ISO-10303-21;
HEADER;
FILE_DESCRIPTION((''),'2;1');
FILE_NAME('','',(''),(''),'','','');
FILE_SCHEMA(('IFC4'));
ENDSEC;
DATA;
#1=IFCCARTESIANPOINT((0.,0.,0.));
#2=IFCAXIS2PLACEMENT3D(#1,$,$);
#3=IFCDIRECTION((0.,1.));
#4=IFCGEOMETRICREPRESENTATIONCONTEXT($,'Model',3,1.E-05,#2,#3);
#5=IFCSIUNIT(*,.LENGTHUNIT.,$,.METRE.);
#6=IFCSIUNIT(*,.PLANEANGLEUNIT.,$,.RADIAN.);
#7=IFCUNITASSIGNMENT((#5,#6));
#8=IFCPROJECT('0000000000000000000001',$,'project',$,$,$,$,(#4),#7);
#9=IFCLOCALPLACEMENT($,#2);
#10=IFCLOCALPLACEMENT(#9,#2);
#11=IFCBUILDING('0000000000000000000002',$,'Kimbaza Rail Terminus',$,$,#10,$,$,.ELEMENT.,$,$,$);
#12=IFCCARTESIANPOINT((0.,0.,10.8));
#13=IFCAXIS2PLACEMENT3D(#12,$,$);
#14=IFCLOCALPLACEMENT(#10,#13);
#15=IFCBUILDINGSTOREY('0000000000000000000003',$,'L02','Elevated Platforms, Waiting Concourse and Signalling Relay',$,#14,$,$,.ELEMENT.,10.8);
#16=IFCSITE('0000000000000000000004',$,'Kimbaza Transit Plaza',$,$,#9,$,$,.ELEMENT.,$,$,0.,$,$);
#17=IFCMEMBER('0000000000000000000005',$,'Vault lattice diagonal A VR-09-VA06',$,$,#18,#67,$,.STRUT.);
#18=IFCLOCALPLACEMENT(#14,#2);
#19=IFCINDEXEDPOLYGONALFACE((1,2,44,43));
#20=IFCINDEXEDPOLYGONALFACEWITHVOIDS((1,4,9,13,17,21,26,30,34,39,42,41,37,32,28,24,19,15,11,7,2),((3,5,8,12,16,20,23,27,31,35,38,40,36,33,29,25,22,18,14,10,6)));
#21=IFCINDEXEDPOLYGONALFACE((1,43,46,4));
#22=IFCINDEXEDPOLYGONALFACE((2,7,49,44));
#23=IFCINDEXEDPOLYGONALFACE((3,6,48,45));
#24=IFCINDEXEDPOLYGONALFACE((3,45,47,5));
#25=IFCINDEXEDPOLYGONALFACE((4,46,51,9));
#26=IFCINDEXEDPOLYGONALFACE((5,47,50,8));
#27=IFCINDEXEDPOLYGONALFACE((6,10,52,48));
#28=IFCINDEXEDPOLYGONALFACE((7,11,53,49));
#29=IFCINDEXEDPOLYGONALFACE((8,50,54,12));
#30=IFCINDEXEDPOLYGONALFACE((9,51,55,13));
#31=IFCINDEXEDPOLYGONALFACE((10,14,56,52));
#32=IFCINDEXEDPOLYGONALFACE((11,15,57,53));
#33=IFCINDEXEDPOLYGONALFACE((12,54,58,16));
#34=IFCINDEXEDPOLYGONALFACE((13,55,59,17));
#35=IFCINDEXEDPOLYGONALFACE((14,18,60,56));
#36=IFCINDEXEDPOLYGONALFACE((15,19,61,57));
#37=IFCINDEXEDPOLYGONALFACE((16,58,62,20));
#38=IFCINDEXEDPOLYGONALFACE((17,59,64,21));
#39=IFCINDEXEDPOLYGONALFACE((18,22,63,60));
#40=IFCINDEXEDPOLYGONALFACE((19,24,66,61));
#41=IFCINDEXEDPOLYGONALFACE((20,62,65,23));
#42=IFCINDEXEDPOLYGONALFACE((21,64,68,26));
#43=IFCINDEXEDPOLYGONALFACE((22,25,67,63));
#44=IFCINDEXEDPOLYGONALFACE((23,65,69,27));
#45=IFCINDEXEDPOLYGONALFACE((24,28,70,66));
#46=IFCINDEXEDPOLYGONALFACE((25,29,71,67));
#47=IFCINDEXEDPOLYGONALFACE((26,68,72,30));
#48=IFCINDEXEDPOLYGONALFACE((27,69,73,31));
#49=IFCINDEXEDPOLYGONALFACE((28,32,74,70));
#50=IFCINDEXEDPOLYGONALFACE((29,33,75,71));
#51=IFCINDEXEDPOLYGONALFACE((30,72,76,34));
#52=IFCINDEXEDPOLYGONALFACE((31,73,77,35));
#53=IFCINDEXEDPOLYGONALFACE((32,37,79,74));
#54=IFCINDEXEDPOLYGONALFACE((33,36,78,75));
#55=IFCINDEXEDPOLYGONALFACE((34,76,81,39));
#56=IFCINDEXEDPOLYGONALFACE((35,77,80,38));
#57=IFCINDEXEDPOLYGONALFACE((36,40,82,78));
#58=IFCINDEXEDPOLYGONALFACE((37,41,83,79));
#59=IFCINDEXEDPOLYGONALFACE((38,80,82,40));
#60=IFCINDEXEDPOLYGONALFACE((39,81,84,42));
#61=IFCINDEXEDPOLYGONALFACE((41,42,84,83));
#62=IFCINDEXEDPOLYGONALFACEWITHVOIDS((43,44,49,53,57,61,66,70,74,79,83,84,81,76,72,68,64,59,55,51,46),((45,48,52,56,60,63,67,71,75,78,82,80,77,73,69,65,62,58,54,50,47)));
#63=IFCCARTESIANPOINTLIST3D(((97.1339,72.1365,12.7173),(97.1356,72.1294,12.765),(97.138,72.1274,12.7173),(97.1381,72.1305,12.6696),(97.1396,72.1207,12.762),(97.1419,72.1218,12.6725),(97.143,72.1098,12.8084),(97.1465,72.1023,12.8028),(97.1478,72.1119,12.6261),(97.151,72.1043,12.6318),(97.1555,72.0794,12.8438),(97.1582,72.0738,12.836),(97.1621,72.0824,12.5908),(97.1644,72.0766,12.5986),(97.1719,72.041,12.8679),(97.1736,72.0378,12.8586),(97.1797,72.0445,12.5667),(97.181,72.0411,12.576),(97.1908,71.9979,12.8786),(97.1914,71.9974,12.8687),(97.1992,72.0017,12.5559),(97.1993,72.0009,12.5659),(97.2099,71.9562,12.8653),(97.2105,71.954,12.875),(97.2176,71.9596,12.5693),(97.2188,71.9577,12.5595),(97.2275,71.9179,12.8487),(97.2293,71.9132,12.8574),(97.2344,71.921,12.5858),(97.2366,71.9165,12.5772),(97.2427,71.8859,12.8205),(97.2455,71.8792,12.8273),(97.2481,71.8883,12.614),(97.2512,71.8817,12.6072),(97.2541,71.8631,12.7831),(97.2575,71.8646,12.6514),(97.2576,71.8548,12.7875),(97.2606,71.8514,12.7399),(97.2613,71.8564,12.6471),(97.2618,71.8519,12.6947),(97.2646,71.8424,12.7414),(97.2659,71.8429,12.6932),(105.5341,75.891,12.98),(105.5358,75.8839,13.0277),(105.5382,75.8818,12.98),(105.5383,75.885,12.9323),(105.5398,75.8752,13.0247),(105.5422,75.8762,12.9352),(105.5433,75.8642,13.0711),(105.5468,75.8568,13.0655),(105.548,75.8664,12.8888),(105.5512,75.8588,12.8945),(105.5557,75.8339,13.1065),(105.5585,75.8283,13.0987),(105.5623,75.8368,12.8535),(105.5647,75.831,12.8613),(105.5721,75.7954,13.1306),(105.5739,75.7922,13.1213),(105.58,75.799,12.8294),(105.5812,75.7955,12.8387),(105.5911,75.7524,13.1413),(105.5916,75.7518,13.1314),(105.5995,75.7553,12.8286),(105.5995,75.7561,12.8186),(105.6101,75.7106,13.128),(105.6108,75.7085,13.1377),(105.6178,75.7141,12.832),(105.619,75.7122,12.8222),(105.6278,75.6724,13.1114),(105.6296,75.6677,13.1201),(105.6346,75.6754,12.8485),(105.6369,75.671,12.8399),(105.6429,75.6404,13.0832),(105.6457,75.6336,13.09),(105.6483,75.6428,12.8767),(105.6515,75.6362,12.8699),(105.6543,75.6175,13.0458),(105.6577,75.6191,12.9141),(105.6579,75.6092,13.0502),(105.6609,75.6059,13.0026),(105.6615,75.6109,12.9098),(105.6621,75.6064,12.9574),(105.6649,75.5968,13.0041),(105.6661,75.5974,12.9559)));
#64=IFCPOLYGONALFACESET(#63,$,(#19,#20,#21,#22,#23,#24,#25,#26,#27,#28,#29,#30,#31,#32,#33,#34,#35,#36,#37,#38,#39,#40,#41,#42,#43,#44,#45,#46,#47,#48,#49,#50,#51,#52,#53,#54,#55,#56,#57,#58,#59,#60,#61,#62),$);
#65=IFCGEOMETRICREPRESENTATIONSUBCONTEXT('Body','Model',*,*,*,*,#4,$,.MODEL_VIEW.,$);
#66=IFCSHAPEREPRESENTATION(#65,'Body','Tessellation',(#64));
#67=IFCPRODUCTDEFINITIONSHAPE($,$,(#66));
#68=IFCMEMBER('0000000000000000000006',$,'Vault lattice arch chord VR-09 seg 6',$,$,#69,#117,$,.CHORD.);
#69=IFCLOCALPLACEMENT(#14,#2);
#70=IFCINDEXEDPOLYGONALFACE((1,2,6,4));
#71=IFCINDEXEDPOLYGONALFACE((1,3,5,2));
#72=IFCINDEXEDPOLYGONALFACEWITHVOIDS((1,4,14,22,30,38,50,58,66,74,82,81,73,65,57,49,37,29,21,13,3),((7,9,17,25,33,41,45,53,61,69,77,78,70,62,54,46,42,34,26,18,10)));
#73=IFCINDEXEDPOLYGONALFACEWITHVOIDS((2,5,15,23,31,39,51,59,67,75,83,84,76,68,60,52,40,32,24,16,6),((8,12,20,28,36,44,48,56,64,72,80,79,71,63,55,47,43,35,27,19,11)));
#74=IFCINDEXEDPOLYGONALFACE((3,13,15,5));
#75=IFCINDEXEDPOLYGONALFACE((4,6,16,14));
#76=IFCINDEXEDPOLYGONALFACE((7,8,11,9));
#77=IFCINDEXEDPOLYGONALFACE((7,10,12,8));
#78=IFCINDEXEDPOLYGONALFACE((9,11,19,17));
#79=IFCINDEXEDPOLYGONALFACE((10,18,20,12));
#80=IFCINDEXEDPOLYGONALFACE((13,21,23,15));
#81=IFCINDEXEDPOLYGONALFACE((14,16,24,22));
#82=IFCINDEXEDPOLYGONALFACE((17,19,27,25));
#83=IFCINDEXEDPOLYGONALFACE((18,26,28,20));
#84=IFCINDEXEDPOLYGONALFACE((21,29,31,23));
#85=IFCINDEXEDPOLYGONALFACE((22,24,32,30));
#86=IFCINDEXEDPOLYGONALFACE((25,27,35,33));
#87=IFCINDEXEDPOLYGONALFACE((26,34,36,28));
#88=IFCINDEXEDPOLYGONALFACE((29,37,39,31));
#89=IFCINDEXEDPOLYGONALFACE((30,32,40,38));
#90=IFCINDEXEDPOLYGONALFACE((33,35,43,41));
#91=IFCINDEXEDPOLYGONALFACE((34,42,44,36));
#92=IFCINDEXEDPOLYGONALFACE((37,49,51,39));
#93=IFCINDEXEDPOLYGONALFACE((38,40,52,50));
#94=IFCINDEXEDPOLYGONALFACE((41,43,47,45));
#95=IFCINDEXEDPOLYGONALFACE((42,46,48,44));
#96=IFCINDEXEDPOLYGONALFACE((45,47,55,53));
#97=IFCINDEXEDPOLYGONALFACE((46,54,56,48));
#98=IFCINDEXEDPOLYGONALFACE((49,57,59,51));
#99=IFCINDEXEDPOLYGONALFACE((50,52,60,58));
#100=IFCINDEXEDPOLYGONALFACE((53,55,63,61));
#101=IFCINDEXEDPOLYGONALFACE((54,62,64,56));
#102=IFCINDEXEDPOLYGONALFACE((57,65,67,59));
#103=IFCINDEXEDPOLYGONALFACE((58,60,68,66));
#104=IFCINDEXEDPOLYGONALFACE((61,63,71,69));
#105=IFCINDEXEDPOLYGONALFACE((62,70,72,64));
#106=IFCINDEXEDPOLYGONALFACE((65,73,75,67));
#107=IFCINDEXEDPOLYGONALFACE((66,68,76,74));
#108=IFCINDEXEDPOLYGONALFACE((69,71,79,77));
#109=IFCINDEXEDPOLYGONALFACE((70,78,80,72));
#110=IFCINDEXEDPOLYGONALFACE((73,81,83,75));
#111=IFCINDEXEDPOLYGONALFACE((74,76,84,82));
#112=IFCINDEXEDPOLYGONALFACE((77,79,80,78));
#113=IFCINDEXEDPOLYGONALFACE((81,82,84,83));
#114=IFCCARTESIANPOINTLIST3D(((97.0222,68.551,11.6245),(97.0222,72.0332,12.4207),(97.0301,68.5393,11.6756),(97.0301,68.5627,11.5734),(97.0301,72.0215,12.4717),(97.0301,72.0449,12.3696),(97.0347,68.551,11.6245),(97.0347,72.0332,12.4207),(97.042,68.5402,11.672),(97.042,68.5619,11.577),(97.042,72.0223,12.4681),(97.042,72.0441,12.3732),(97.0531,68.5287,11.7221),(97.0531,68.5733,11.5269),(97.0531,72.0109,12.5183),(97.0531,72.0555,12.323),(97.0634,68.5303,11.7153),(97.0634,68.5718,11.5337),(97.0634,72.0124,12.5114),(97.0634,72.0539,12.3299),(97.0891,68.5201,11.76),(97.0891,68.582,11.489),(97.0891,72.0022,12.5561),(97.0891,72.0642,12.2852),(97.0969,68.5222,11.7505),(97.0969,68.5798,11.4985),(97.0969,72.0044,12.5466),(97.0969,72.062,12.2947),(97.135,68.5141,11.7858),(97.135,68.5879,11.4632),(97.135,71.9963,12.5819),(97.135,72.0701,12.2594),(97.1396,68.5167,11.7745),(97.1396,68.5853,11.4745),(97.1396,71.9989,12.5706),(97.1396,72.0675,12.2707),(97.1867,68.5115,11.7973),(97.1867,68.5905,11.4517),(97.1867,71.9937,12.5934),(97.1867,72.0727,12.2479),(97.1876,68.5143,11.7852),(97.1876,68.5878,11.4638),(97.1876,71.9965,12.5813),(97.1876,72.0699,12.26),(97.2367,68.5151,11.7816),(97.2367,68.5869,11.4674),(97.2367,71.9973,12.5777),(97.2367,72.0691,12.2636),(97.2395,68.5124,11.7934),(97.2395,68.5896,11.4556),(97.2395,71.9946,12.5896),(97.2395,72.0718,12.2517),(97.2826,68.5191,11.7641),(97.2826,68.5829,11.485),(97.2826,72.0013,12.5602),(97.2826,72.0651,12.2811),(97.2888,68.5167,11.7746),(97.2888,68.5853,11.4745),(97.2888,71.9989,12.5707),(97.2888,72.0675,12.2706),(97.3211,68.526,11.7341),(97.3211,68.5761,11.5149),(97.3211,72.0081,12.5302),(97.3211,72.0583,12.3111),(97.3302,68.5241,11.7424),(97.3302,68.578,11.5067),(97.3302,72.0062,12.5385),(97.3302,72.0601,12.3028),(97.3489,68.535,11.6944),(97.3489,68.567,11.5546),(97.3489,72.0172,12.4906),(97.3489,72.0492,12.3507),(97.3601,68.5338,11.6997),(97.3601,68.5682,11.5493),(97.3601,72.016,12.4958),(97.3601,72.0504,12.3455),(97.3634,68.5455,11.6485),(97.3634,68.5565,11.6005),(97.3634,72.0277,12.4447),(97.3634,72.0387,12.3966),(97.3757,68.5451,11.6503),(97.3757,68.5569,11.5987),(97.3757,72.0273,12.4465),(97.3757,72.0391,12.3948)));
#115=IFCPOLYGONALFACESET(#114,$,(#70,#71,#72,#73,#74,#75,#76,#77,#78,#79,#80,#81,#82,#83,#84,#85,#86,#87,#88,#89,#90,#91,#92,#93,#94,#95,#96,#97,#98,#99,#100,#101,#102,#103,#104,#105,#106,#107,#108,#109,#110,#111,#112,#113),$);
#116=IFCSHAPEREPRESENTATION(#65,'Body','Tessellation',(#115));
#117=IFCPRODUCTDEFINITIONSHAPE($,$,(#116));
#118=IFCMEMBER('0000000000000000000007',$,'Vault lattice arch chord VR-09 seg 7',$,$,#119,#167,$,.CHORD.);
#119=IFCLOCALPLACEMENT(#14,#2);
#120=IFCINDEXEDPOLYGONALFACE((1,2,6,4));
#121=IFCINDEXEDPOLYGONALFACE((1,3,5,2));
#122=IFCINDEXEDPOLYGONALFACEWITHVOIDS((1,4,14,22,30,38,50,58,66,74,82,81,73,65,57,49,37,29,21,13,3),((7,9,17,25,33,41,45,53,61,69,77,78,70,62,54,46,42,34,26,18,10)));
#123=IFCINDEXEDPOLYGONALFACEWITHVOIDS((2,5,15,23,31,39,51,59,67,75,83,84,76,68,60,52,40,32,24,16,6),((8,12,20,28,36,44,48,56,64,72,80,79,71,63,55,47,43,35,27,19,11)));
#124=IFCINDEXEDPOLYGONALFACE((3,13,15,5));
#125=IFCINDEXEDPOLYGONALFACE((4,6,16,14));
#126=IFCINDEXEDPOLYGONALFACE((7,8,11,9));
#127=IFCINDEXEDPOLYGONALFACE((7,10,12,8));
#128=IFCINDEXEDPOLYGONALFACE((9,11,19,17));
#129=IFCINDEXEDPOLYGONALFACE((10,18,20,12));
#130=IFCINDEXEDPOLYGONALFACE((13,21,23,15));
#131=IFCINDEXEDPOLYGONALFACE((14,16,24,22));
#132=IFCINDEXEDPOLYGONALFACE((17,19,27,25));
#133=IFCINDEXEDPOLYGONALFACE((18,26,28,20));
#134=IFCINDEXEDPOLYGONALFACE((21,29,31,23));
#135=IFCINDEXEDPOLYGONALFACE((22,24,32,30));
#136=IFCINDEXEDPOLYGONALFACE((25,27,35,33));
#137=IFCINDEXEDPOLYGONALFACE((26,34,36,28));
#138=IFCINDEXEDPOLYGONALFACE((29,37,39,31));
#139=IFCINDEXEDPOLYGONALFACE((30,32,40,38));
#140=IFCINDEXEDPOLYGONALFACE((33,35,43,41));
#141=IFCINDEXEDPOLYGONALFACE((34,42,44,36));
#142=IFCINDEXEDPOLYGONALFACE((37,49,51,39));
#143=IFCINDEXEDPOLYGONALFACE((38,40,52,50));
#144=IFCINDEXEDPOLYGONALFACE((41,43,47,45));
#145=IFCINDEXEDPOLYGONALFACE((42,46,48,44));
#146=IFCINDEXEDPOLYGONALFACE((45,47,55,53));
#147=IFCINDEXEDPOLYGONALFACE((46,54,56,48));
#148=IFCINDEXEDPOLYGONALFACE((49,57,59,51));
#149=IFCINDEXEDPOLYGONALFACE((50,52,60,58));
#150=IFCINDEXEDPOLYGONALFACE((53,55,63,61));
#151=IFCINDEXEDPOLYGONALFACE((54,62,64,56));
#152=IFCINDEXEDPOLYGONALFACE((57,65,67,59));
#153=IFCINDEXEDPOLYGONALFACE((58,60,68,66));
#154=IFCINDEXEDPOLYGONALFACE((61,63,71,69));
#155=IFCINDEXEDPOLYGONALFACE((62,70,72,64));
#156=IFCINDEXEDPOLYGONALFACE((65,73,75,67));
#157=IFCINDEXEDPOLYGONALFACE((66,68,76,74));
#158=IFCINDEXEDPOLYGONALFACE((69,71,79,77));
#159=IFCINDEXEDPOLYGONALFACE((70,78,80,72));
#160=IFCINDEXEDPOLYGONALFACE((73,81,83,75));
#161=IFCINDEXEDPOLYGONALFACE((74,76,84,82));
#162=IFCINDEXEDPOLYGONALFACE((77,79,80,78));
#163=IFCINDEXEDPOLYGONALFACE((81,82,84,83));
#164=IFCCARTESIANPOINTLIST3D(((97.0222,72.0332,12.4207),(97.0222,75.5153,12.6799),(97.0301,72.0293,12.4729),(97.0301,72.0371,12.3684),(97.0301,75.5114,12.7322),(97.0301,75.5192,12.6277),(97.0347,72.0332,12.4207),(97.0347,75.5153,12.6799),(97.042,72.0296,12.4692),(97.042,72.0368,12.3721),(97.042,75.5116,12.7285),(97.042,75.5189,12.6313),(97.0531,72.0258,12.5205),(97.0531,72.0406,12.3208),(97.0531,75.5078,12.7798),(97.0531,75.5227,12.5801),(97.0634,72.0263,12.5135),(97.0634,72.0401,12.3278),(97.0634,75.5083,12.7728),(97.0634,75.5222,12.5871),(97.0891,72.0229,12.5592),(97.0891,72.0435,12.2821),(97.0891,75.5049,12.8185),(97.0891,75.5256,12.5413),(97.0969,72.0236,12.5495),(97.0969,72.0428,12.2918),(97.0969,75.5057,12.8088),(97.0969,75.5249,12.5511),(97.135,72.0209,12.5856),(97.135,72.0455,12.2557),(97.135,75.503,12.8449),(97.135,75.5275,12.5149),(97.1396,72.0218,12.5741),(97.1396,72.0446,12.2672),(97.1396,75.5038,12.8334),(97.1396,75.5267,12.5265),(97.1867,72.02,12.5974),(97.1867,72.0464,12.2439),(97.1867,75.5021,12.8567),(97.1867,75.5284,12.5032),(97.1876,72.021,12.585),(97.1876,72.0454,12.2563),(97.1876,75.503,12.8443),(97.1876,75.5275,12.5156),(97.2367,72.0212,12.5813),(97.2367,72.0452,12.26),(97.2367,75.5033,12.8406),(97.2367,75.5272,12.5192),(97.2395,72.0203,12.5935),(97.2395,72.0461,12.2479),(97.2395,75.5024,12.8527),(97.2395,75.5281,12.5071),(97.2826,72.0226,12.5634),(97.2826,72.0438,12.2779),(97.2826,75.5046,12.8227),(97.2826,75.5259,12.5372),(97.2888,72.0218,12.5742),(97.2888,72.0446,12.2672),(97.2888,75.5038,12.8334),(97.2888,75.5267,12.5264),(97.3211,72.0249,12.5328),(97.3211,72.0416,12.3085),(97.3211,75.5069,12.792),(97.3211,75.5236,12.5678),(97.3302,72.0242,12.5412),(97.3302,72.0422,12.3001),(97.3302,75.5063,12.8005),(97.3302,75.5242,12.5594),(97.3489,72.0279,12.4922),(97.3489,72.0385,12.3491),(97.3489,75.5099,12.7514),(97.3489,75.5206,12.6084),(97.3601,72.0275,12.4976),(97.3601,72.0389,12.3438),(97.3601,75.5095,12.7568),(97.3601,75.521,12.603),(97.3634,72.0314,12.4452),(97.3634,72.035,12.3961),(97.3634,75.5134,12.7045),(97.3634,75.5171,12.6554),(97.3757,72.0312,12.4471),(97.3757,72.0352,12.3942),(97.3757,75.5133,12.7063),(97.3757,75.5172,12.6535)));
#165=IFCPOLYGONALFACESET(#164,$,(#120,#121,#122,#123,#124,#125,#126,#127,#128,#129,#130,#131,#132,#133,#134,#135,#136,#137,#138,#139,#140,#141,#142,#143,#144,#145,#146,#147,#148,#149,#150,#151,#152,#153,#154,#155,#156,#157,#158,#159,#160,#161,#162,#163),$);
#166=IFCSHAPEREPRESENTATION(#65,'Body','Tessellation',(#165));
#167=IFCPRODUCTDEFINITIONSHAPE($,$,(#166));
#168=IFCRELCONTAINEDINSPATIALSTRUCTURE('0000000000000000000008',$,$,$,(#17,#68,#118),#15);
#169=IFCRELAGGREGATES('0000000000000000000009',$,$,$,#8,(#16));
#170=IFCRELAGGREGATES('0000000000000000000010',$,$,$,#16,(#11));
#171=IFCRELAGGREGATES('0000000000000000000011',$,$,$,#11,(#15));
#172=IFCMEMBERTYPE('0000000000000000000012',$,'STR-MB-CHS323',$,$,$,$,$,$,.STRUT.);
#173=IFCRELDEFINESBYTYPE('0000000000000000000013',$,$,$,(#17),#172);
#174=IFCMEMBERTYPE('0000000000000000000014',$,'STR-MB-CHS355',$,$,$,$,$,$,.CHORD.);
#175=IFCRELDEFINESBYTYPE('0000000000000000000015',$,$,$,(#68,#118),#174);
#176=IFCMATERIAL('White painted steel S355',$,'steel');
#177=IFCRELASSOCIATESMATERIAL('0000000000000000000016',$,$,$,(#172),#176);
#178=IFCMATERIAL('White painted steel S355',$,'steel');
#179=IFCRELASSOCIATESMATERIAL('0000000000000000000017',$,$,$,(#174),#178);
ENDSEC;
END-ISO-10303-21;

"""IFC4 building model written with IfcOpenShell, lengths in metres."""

from ifc_helpers import new_model, si_unit, direction, frame, origin, origin_2d, place, context, subcontext, project, spatial, hollow_circle, extrude, material, material_profile, profile_set, type_object, element, save


model = new_model("IFC4")

# Units and contexts
model_context = context("Model", 3, precision=1e-05, world=origin(), true_north=direction((0.0, 1.0)))
body_context = subcontext(model_context, "Body", "Model", "MODEL_VIEW")
ifc_project = project(units=[si_unit("LENGTHUNIT", "METRE"), si_unit("PLANEANGLEUNIT", "RADIAN")], contexts=[model_context])

# Site, building, storey
site_placement = place(None, origin())
site = spatial("IfcSite", under=ifc_project, at=site_placement, Name="Kimbaza Transit Plaza", CompositionType="ELEMENT", RefElevation=0.0)
building_placement = place(site_placement, origin())
building = spatial("IfcBuilding", under=site, at=building_placement, Name="Kimbaza Rail Terminus", CompositionType="ELEMENT")
storey_placement = place(building_placement, frame((0.0, 0.0, 10.8)))
storey = spatial("IfcBuildingStorey", under=building, at=storey_placement, Name="L02", Description="Elevated Platforms, Waiting Concourse and Signalling Relay", CompositionType="ELEMENT", Elevation=10.8)

# Members
ifc_material_1 = material(Name="White painted steel S355", Category="steel")
ifc_material_profile_1 = material_profile(ifc_material_1, hollow_circle(Radius=0.1619, WallThickness=0.01, at=origin_2d()), Name="CHS 323.9x10")
ifc_profile_set_1 = profile_set([ifc_material_profile_1], Name="White painted steel S355")
member_type_1 = type_object("IfcMemberType", Name="STR-MB-CHS323", PredefinedType="STRUT", material=ifc_profile_set_1)
member_1_placement = place(storey_placement, frame((97.2, 71.9888, 12.7173), z_axis=(0.912591, 0.407877, 0.028539), x_axis=(-0.408043, 0.912963, 0.0)))
element("IfcMember", 1, at=member_1_placement, inside=storey, type_object=member_type_1, Name="Vault lattice diagonal A VR-09-VA06", PredefinedType="STRUT", context=body_context, shape_type="SweptSolid", body=[
    extrude(hollow_circle(Radius=0.1619, WallThickness=0.01, at=origin_2d()), origin(), (0.0, 0.0, 1.0), 9.2048),
])
ifc_material_2 = material(Name="White painted steel S355", Category="steel")
ifc_material_profile_2 = material_profile(ifc_material_2, hollow_circle(Radius=0.1777, WallThickness=0.0125, at=origin_2d()), Name="CHS 355.6x12.5")
ifc_profile_set_2 = profile_set([ifc_material_profile_2], Name="White painted steel S355")
member_type_2 = type_object("IfcMemberType", Name="STR-MB-CHS355", PredefinedType="CHORD", material=ifc_profile_set_2)
member_2_placement = place(storey_placement, frame((97.2, 68.551, 11.6245), z_axis=(0.0, 0.974845, 0.222882), x_axis=(-1.0, 0.0, 0.0)))
element("IfcMember", 2, at=member_2_placement, inside=storey, type_object=member_type_2, Name="Vault lattice arch chord VR-09 seg 6", PredefinedType="CHORD", context=body_context, shape_type="SweptSolid", body=[
    extrude(hollow_circle(Radius=0.1777, WallThickness=0.0125, at=origin_2d()), origin(), (0.0, 0.0, 1.0), 3.572),
])
member_3_placement = place(storey_placement, frame((97.2, 72.0332, 12.4207), z_axis=(0.0, 0.997239, 0.074253), x_axis=(-1.0, 0.0, 0.0)))
element("IfcMember", 3, at=member_3_placement, inside=storey, type_object=member_type_2, Name="Vault lattice arch chord VR-09 seg 7", PredefinedType="CHORD", context=body_context, shape_type="SweptSolid", body=[
    extrude(hollow_circle(Radius=0.1777, WallThickness=0.0125, at=origin_2d()), origin(), (0.0, 0.0, 1.0), 3.4917),
])

save(model, "model.ifc")
